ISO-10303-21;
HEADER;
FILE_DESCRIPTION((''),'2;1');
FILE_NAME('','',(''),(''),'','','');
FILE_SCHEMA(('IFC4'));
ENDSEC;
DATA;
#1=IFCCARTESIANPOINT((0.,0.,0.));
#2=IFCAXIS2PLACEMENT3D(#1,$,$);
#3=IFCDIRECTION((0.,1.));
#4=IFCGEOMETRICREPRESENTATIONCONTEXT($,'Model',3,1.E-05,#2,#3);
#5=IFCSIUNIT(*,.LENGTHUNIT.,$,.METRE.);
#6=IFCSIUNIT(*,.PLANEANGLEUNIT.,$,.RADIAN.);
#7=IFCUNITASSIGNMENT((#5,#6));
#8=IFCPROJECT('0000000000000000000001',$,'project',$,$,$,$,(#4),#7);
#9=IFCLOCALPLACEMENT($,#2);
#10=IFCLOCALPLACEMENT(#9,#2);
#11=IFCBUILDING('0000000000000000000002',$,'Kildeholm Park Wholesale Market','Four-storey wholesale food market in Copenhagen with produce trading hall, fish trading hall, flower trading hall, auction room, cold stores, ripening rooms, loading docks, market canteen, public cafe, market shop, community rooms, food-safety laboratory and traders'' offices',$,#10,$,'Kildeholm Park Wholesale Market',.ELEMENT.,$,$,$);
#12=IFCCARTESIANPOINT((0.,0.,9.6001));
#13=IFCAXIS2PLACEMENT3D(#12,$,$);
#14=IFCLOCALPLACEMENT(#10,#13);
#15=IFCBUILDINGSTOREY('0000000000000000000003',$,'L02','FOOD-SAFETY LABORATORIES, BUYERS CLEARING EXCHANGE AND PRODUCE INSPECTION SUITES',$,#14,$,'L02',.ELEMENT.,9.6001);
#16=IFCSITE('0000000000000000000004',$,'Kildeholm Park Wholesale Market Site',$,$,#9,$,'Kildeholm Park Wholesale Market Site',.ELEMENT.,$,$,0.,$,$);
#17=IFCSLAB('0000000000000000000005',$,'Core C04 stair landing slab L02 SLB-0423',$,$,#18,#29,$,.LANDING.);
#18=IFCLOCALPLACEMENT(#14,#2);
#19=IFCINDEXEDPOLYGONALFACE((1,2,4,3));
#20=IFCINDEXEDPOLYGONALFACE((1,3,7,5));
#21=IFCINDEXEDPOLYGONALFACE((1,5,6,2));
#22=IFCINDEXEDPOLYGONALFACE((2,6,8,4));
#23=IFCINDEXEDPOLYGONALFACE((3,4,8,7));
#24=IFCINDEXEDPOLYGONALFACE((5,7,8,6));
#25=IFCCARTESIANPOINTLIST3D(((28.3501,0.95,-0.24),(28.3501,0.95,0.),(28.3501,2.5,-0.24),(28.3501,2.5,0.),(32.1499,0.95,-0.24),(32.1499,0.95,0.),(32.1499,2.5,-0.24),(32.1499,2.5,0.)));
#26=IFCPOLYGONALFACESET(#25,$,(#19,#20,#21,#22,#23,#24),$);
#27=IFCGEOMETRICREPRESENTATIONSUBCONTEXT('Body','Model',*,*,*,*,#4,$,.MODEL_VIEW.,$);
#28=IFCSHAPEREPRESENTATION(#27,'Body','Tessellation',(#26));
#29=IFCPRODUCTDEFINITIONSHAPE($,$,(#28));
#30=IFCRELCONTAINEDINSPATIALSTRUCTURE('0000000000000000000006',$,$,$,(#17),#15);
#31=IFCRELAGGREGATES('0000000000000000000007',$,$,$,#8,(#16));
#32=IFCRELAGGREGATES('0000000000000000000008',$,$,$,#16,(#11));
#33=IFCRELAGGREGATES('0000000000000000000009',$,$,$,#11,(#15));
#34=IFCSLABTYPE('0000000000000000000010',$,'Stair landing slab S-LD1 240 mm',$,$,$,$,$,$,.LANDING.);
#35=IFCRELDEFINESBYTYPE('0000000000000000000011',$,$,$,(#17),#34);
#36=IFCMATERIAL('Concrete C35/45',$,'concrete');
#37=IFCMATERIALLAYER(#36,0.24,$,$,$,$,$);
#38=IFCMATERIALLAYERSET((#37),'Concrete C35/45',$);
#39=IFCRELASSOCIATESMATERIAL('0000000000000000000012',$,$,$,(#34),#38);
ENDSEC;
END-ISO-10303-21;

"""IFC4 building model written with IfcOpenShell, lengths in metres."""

from ifc_helpers import new_model, si_unit, direction, frame, origin, place, context, subcontext, project, spatial, polyline, outline, extrude, material, layer, layer_set, type_object, element, save


model = new_model("IFC4")

# Units and contexts
model_context = context("Model", 3, precision=1e-05, world=origin(), true_north=direction((0.0, 1.0)))
body_context = subcontext(model_context, "Body", "Model", "MODEL_VIEW")
ifc_project = project(units=[si_unit("LENGTHUNIT", "METRE"), si_unit("PLANEANGLEUNIT", "RADIAN")], contexts=[model_context])

# Site, building, storey
site_placement = place(None, origin())
site = spatial("IfcSite", under=ifc_project, at=site_placement, Name="Kildeholm Park Wholesale Market Site", LongName="Kildeholm Park Wholesale Market Site", CompositionType="ELEMENT", RefElevation=0.0)
building_placement = place(site_placement, origin())
building = spatial("IfcBuilding", under=site, at=building_placement, Name="Kildeholm Park Wholesale Market", Description="Four-storey wholesale food market in Copenhagen with produce trading hall, fish trading hall, flower trading hall, auction room, cold stores, ripening rooms, loading docks, market canteen, public cafe, market shop, community rooms, food-safety laboratory and traders' offices", LongName="Kildeholm Park Wholesale Market", CompositionType="ELEMENT")
storey_placement = place(building_placement, frame((0.0, 0.0, 9.6001)))
storey = spatial("IfcBuildingStorey", under=building, at=storey_placement, Name="L02", Description="FOOD-SAFETY LABORATORIES, BUYERS CLEARING EXCHANGE AND PRODUCE INSPECTION SUITES", LongName="L02", CompositionType="ELEMENT", Elevation=9.6001)

# Shared definitions
ifc_material_1 = material(Name="Concrete C35/45", Category="concrete")
ifc_layer_1 = layer(ifc_material_1, 0.24)
ifc_layer_set_1 = layer_set([ifc_layer_1], Name="Concrete C35/45")
slab_type_1 = type_object("IfcSlabType", Name="Stair landing slab S-LD1 240 mm", PredefinedType="LANDING", material=ifc_layer_set_1)

# Slab
slab_1_placement = place(storey_placement, frame((0.0, 0.0, -0.24)))
element("IfcSlab", 1, at=slab_1_placement, inside=storey, type_object=slab_type_1, Name="Core C04 stair landing slab L02 SLB-0423", PredefinedType="LANDING", context=body_context, shape_type="SweptSolid", body=[
    extrude(outline(polyline([(28.3501, 0.95), (32.1499, 0.95), (32.1499, 2.5), (28.3501, 2.5), (28.3501, 0.95)])), origin(), (0.0, 0.0, 1.0), 0.24),
])

save(model, "model.ifc")
